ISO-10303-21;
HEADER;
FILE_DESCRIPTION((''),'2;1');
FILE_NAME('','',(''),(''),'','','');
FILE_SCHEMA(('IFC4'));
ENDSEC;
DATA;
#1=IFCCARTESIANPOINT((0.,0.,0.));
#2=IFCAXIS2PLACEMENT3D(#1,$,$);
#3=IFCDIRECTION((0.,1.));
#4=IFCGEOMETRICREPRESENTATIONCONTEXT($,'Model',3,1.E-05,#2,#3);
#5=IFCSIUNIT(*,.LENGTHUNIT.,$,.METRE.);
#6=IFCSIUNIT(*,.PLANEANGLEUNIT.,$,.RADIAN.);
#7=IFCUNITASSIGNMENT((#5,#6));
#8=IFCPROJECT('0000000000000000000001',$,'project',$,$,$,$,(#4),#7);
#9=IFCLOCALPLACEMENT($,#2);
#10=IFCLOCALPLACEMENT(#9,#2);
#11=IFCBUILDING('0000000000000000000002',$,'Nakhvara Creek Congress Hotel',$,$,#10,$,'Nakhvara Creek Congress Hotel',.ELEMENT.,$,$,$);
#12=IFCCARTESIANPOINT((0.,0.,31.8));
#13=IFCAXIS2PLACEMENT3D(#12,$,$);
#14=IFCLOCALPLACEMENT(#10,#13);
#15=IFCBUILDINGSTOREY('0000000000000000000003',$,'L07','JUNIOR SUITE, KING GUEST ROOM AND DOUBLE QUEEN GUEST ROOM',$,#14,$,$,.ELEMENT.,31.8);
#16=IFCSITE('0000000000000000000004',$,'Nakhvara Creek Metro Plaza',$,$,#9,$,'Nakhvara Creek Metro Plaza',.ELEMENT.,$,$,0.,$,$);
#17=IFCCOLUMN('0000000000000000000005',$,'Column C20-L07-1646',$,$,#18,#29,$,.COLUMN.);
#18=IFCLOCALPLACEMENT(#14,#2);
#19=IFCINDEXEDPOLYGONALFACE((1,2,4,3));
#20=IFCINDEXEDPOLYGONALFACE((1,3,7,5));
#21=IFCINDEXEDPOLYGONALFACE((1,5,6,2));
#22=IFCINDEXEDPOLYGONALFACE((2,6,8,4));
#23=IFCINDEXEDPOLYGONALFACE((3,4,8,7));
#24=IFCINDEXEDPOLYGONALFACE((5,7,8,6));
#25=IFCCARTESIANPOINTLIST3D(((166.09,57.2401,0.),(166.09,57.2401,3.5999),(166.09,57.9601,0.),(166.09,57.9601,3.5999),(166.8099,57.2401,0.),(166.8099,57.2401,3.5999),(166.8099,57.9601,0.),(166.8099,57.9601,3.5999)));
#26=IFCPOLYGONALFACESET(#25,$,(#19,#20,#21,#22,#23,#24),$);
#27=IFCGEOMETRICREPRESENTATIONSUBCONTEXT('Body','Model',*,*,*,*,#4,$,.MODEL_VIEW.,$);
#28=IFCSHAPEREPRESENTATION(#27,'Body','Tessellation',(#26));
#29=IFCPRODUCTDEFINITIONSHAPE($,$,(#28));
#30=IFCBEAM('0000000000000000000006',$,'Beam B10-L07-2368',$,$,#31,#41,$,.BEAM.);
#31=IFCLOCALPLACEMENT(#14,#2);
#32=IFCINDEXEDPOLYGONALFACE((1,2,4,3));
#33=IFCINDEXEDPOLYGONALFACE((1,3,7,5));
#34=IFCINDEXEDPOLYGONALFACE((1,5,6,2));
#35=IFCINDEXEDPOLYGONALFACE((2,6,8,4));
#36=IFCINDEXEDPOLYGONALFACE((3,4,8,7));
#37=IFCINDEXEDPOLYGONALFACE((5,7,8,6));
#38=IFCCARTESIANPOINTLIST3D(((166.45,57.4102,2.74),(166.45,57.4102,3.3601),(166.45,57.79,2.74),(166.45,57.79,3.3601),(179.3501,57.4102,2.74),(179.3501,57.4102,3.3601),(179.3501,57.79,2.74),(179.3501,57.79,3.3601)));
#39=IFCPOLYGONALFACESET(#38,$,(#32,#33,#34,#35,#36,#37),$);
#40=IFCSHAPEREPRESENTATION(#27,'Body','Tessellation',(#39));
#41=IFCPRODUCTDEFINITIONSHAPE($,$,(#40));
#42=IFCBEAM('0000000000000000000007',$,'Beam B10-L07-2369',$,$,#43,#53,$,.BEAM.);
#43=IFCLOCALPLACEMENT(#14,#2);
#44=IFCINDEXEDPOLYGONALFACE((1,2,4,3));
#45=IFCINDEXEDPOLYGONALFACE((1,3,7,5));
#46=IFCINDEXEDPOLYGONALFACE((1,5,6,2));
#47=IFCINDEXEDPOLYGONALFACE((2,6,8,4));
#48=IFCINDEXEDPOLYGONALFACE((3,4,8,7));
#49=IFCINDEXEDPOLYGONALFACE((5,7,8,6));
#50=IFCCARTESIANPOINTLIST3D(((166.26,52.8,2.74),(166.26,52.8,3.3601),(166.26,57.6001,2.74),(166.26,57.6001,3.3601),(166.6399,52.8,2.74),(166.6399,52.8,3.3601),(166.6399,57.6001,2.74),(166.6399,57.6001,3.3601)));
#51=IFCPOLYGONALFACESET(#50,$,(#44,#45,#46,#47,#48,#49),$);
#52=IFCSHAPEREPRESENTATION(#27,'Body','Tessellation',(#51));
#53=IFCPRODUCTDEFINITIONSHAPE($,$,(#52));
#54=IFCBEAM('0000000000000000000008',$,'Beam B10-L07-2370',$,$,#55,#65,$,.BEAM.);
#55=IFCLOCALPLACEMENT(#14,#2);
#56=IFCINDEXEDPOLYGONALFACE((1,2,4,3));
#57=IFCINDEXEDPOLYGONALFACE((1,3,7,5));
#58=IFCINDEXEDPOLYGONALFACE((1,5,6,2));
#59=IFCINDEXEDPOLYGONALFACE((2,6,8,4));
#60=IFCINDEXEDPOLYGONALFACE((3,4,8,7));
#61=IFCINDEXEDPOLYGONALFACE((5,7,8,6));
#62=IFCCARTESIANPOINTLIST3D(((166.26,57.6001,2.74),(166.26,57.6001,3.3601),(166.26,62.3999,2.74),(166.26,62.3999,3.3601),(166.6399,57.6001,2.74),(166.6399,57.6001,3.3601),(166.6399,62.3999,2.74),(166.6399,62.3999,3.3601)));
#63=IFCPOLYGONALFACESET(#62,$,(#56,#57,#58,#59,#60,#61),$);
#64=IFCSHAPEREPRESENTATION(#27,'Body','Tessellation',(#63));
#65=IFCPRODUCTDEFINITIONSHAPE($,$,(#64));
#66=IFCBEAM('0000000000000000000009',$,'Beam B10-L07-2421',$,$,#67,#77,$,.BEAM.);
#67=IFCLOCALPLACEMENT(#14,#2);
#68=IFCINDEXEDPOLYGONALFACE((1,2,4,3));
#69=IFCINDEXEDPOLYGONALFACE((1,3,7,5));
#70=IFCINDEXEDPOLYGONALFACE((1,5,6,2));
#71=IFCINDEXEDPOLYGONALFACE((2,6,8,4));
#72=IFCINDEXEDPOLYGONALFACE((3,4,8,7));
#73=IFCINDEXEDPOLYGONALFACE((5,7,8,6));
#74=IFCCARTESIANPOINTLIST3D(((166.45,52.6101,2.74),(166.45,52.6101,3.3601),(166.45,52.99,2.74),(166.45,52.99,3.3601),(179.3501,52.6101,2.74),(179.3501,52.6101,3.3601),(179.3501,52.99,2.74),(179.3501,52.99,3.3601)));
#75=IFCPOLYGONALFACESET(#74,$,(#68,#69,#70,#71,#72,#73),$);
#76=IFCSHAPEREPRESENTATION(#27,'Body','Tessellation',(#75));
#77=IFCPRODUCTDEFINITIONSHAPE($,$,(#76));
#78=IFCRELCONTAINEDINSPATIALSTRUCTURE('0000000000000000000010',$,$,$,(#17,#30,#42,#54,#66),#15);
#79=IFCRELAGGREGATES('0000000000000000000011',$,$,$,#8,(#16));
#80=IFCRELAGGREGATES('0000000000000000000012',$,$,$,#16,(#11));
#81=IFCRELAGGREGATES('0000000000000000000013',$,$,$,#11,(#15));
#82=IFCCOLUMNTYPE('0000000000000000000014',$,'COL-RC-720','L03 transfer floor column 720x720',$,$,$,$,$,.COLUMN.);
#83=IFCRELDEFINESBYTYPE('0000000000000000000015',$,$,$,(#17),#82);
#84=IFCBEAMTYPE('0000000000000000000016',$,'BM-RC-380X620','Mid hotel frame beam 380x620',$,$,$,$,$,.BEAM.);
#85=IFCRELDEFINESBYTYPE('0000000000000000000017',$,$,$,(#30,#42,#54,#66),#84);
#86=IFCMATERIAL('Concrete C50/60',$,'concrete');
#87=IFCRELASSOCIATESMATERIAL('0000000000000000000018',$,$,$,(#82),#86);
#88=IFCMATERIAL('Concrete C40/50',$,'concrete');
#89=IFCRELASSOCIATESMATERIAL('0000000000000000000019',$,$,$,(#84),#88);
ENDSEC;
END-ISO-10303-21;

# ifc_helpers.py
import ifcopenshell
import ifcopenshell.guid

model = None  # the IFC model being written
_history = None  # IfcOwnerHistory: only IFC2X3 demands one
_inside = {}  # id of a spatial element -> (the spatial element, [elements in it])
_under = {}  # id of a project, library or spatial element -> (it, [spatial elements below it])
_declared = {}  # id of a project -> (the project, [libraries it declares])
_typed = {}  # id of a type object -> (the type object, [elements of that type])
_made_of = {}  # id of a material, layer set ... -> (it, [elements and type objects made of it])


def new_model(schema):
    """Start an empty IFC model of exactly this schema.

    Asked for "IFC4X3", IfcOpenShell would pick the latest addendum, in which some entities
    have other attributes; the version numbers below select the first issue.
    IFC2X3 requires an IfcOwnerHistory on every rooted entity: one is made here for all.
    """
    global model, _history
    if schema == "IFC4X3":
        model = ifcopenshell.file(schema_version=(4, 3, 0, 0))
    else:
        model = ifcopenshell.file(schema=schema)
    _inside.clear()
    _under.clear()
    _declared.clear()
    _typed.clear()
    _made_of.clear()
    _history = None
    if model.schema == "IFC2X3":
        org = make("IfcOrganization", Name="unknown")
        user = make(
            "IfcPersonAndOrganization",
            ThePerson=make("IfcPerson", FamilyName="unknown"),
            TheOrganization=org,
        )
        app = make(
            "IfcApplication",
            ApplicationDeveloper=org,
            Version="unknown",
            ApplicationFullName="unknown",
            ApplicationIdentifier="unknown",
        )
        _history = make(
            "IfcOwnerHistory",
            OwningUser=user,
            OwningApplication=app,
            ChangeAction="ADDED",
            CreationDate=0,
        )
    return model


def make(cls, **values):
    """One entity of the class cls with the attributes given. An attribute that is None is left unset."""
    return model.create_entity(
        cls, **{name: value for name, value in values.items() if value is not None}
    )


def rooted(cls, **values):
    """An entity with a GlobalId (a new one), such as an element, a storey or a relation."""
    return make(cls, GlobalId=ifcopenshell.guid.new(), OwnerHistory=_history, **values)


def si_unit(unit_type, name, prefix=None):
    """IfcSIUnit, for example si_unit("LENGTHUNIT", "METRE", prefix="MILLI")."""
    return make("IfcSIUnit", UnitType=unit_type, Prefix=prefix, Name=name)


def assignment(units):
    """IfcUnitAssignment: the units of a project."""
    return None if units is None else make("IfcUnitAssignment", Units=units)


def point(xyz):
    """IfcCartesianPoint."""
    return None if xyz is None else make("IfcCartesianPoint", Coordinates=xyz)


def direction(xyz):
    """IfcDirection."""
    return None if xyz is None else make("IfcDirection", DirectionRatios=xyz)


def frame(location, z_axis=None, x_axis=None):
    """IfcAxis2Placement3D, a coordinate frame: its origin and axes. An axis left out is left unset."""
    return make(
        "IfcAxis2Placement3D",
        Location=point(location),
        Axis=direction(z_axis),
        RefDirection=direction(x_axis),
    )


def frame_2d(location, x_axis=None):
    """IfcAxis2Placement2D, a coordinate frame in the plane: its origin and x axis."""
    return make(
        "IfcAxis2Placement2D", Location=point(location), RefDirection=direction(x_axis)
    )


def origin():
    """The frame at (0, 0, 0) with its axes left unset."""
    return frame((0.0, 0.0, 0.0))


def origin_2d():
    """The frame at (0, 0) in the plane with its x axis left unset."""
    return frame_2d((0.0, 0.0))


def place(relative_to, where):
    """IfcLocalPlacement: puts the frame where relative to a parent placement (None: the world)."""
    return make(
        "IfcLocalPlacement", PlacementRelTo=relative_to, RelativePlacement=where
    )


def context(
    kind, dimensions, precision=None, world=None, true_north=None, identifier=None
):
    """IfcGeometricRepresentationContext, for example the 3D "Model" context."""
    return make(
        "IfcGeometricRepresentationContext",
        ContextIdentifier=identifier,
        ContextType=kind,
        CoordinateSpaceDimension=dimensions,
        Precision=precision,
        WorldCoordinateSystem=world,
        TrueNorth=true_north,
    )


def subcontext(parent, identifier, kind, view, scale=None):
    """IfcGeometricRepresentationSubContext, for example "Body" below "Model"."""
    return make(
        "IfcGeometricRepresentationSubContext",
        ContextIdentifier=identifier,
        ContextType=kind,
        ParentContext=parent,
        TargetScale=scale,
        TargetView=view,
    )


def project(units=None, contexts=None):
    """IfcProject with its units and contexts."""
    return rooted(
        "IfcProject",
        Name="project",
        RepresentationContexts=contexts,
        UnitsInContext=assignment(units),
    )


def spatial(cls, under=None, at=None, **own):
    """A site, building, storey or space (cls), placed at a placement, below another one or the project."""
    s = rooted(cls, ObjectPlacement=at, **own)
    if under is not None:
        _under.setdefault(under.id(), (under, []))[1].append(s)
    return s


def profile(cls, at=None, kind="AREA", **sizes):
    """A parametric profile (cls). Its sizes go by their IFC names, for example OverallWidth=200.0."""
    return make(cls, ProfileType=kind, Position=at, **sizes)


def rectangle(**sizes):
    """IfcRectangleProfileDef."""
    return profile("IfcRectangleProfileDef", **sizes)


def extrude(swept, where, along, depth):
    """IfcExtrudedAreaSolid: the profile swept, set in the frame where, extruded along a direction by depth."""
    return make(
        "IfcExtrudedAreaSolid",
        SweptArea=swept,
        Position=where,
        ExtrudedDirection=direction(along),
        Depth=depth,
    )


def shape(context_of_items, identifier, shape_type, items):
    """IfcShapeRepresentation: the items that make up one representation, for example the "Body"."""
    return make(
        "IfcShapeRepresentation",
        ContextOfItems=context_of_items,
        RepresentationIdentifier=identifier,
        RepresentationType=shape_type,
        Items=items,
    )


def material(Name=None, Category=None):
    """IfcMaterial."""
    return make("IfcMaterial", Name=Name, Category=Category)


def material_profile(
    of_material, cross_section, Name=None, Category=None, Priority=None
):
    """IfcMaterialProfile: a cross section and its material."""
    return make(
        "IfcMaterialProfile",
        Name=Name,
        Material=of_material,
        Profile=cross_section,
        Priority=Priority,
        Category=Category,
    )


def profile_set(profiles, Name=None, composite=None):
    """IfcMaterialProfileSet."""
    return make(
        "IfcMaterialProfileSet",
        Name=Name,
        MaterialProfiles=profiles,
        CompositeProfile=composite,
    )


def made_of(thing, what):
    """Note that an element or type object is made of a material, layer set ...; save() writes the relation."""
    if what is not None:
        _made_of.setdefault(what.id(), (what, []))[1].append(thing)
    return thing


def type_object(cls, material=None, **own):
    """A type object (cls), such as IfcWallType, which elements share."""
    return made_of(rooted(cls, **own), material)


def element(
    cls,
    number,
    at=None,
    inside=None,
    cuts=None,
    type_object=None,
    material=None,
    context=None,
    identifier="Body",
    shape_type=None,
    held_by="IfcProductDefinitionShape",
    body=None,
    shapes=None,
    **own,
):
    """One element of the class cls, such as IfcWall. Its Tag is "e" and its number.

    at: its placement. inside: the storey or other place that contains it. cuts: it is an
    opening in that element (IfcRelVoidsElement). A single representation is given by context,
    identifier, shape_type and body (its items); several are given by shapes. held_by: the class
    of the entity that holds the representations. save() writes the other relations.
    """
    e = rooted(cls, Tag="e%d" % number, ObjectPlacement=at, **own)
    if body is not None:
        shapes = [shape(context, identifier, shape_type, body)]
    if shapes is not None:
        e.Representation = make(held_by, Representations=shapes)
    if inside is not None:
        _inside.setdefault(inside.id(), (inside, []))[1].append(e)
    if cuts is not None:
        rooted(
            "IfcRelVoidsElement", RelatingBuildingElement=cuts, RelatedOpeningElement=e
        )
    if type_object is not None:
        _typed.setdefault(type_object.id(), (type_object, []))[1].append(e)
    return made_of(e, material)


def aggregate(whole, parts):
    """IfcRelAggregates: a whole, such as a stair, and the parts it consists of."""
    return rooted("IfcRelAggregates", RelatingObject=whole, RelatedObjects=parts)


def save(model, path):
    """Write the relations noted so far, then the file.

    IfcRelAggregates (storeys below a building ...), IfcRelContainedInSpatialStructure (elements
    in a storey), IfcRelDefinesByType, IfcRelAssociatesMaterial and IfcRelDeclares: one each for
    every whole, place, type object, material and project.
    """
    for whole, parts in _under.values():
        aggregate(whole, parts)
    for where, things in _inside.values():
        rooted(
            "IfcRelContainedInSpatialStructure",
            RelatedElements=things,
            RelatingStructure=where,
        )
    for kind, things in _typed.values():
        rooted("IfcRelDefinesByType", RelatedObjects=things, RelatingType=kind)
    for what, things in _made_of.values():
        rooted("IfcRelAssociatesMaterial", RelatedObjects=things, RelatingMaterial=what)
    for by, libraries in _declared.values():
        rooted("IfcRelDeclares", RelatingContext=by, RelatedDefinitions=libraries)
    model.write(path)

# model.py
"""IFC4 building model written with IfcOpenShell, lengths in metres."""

from ifc_helpers import new_model, si_unit, direction, frame, origin, origin_2d, place, context, subcontext, project, spatial, rectangle, extrude, material, material_profile, profile_set, type_object, element, save


model = new_model("IFC4")

# Units and contexts
model_context = context("Model", 3, precision=1e-05, world=origin(), true_north=direction((0.0, 1.0)))
body_context = subcontext(model_context, "Body", "Model", "MODEL_VIEW")
ifc_project = project(units=[si_unit("LENGTHUNIT", "METRE"), si_unit("PLANEANGLEUNIT", "RADIAN")], contexts=[model_context])

# Site, building, storey
site_placement = place(None, origin())
site = spatial("IfcSite", under=ifc_project, at=site_placement, Name="Nakhvara Creek Metro Plaza", LongName="Nakhvara Creek Metro Plaza", CompositionType="ELEMENT", RefElevation=0.0)
building_placement = place(site_placement, origin())
building = spatial("IfcBuilding", under=site, at=building_placement, Name="Nakhvara Creek Congress Hotel", LongName="Nakhvara Creek Congress Hotel", CompositionType="ELEMENT")
storey_placement = place(building_placement, frame((0.0, 0.0, 31.8)))
storey = spatial("IfcBuildingStorey", under=building, at=storey_placement, Name="L07", Description="JUNIOR SUITE, KING GUEST ROOM AND DOUBLE QUEEN GUEST ROOM", CompositionType="ELEMENT", Elevation=31.8)

# Column
ifc_material_1 = material(Name="Concrete C50/60", Category="concrete")
ifc_material_profile_1 = material_profile(ifc_material_1, rectangle(XDim=0.72, YDim=0.72, at=origin_2d()), Name="RC-COL 720x720", Category="LoadBearing")
ifc_profile_set_1 = profile_set([ifc_material_profile_1], Name="Concrete C50/60")
column_type = type_object("IfcColumnType", Name="COL-RC-720", Description="L03 transfer floor column 720x720", PredefinedType="COLUMN", material=ifc_profile_set_1)
column_placement = place(storey_placement, frame((166.45, 57.6001, 0.0), z_axis=(0.0, 0.0, 1.0), x_axis=(1.0, 0.0, 0.0)))
element("IfcColumn", 1, at=column_placement, inside=storey, type_object=column_type, Name="Column C20-L07-1646", PredefinedType="COLUMN", context=body_context, shape_type="SweptSolid", body=[
    extrude(rectangle(XDim=0.72, YDim=0.72, at=origin_2d()), origin(), (0.0, 0.0, 1.0), 3.5999),
])

# Beams
ifc_material_2 = material(Name="Concrete C40/50", Category="concrete")
ifc_material_profile_2 = material_profile(ifc_material_2, rectangle(XDim=0.3799, YDim=0.6201, at=origin_2d()), Name="RC-BM 380x620", Category="LoadBearing")
ifc_profile_set_2 = profile_set([ifc_material_profile_2], Name="Concrete C40/50")
beam_type = type_object("IfcBeamType", Name="BM-RC-380X620", Description="Mid hotel frame beam 380x620", PredefinedType="BEAM", material=ifc_profile_set_2)
beam_1_placement = place(storey_placement, frame((166.45, 57.6001, 3.05), z_axis=(1.0, 0.0, 0.0), x_axis=(0.0, 1.0, 0.0)))
element("IfcBeam", 2, at=beam_1_placement, inside=storey, type_object=beam_type, Name="Beam B10-L07-2368", PredefinedType="BEAM", context=body_context, shape_type="SweptSolid", body=[
    extrude(rectangle(XDim=0.3799, YDim=0.6201, at=origin_2d()), origin(), (0.0, 0.0, 1.0), 12.9001),
])
beam_2_placement = place(storey_placement, frame((166.45, 52.8, 3.05), z_axis=(0.0, 1.0, 0.0), x_axis=(-1.0, 0.0, 0.0)))
element("IfcBeam", 3, at=beam_2_placement, inside=storey, type_object=beam_type, Name="Beam B10-L07-2369", PredefinedType="BEAM", context=body_context, shape_type="SweptSolid", body=[
    extrude(rectangle(XDim=0.3799, YDim=0.6201, at=origin_2d()), origin(), (0.0, 0.0, 1.0), 4.8),
])
beam_3_placement = place(storey_placement, frame((166.45, 57.6001, 3.05), z_axis=(0.0, 1.0, 0.0), x_axis=(-1.0, 0.0, 0.0)))
element("IfcBeam", 4, at=beam_3_placement, inside=storey, type_object=beam_type, Name="Beam B10-L07-2370", PredefinedType="BEAM", context=body_context, shape_type="SweptSolid", body=[
    extrude(rectangle(XDim=0.3799, YDim=0.6201, at=origin_2d()), origin(), (0.0, 0.0, 1.0), 4.7998),
])
beam_4_placement = place(storey_placement, frame((166.45, 52.8, 3.05), z_axis=(1.0, 0.0, 0.0), x_axis=(0.0, 1.0, 0.0)))
element("IfcBeam", 5, at=beam_4_placement, inside=storey, type_object=beam_type, Name="Beam B10-L07-2421", PredefinedType="BEAM", context=body_context, shape_type="SweptSolid", body=[
    extrude(rectangle(XDim=0.3799, YDim=0.6201, at=origin_2d()), origin(), (0.0, 0.0, 1.0), 12.9001),
])

save(model, "model.ifc")
